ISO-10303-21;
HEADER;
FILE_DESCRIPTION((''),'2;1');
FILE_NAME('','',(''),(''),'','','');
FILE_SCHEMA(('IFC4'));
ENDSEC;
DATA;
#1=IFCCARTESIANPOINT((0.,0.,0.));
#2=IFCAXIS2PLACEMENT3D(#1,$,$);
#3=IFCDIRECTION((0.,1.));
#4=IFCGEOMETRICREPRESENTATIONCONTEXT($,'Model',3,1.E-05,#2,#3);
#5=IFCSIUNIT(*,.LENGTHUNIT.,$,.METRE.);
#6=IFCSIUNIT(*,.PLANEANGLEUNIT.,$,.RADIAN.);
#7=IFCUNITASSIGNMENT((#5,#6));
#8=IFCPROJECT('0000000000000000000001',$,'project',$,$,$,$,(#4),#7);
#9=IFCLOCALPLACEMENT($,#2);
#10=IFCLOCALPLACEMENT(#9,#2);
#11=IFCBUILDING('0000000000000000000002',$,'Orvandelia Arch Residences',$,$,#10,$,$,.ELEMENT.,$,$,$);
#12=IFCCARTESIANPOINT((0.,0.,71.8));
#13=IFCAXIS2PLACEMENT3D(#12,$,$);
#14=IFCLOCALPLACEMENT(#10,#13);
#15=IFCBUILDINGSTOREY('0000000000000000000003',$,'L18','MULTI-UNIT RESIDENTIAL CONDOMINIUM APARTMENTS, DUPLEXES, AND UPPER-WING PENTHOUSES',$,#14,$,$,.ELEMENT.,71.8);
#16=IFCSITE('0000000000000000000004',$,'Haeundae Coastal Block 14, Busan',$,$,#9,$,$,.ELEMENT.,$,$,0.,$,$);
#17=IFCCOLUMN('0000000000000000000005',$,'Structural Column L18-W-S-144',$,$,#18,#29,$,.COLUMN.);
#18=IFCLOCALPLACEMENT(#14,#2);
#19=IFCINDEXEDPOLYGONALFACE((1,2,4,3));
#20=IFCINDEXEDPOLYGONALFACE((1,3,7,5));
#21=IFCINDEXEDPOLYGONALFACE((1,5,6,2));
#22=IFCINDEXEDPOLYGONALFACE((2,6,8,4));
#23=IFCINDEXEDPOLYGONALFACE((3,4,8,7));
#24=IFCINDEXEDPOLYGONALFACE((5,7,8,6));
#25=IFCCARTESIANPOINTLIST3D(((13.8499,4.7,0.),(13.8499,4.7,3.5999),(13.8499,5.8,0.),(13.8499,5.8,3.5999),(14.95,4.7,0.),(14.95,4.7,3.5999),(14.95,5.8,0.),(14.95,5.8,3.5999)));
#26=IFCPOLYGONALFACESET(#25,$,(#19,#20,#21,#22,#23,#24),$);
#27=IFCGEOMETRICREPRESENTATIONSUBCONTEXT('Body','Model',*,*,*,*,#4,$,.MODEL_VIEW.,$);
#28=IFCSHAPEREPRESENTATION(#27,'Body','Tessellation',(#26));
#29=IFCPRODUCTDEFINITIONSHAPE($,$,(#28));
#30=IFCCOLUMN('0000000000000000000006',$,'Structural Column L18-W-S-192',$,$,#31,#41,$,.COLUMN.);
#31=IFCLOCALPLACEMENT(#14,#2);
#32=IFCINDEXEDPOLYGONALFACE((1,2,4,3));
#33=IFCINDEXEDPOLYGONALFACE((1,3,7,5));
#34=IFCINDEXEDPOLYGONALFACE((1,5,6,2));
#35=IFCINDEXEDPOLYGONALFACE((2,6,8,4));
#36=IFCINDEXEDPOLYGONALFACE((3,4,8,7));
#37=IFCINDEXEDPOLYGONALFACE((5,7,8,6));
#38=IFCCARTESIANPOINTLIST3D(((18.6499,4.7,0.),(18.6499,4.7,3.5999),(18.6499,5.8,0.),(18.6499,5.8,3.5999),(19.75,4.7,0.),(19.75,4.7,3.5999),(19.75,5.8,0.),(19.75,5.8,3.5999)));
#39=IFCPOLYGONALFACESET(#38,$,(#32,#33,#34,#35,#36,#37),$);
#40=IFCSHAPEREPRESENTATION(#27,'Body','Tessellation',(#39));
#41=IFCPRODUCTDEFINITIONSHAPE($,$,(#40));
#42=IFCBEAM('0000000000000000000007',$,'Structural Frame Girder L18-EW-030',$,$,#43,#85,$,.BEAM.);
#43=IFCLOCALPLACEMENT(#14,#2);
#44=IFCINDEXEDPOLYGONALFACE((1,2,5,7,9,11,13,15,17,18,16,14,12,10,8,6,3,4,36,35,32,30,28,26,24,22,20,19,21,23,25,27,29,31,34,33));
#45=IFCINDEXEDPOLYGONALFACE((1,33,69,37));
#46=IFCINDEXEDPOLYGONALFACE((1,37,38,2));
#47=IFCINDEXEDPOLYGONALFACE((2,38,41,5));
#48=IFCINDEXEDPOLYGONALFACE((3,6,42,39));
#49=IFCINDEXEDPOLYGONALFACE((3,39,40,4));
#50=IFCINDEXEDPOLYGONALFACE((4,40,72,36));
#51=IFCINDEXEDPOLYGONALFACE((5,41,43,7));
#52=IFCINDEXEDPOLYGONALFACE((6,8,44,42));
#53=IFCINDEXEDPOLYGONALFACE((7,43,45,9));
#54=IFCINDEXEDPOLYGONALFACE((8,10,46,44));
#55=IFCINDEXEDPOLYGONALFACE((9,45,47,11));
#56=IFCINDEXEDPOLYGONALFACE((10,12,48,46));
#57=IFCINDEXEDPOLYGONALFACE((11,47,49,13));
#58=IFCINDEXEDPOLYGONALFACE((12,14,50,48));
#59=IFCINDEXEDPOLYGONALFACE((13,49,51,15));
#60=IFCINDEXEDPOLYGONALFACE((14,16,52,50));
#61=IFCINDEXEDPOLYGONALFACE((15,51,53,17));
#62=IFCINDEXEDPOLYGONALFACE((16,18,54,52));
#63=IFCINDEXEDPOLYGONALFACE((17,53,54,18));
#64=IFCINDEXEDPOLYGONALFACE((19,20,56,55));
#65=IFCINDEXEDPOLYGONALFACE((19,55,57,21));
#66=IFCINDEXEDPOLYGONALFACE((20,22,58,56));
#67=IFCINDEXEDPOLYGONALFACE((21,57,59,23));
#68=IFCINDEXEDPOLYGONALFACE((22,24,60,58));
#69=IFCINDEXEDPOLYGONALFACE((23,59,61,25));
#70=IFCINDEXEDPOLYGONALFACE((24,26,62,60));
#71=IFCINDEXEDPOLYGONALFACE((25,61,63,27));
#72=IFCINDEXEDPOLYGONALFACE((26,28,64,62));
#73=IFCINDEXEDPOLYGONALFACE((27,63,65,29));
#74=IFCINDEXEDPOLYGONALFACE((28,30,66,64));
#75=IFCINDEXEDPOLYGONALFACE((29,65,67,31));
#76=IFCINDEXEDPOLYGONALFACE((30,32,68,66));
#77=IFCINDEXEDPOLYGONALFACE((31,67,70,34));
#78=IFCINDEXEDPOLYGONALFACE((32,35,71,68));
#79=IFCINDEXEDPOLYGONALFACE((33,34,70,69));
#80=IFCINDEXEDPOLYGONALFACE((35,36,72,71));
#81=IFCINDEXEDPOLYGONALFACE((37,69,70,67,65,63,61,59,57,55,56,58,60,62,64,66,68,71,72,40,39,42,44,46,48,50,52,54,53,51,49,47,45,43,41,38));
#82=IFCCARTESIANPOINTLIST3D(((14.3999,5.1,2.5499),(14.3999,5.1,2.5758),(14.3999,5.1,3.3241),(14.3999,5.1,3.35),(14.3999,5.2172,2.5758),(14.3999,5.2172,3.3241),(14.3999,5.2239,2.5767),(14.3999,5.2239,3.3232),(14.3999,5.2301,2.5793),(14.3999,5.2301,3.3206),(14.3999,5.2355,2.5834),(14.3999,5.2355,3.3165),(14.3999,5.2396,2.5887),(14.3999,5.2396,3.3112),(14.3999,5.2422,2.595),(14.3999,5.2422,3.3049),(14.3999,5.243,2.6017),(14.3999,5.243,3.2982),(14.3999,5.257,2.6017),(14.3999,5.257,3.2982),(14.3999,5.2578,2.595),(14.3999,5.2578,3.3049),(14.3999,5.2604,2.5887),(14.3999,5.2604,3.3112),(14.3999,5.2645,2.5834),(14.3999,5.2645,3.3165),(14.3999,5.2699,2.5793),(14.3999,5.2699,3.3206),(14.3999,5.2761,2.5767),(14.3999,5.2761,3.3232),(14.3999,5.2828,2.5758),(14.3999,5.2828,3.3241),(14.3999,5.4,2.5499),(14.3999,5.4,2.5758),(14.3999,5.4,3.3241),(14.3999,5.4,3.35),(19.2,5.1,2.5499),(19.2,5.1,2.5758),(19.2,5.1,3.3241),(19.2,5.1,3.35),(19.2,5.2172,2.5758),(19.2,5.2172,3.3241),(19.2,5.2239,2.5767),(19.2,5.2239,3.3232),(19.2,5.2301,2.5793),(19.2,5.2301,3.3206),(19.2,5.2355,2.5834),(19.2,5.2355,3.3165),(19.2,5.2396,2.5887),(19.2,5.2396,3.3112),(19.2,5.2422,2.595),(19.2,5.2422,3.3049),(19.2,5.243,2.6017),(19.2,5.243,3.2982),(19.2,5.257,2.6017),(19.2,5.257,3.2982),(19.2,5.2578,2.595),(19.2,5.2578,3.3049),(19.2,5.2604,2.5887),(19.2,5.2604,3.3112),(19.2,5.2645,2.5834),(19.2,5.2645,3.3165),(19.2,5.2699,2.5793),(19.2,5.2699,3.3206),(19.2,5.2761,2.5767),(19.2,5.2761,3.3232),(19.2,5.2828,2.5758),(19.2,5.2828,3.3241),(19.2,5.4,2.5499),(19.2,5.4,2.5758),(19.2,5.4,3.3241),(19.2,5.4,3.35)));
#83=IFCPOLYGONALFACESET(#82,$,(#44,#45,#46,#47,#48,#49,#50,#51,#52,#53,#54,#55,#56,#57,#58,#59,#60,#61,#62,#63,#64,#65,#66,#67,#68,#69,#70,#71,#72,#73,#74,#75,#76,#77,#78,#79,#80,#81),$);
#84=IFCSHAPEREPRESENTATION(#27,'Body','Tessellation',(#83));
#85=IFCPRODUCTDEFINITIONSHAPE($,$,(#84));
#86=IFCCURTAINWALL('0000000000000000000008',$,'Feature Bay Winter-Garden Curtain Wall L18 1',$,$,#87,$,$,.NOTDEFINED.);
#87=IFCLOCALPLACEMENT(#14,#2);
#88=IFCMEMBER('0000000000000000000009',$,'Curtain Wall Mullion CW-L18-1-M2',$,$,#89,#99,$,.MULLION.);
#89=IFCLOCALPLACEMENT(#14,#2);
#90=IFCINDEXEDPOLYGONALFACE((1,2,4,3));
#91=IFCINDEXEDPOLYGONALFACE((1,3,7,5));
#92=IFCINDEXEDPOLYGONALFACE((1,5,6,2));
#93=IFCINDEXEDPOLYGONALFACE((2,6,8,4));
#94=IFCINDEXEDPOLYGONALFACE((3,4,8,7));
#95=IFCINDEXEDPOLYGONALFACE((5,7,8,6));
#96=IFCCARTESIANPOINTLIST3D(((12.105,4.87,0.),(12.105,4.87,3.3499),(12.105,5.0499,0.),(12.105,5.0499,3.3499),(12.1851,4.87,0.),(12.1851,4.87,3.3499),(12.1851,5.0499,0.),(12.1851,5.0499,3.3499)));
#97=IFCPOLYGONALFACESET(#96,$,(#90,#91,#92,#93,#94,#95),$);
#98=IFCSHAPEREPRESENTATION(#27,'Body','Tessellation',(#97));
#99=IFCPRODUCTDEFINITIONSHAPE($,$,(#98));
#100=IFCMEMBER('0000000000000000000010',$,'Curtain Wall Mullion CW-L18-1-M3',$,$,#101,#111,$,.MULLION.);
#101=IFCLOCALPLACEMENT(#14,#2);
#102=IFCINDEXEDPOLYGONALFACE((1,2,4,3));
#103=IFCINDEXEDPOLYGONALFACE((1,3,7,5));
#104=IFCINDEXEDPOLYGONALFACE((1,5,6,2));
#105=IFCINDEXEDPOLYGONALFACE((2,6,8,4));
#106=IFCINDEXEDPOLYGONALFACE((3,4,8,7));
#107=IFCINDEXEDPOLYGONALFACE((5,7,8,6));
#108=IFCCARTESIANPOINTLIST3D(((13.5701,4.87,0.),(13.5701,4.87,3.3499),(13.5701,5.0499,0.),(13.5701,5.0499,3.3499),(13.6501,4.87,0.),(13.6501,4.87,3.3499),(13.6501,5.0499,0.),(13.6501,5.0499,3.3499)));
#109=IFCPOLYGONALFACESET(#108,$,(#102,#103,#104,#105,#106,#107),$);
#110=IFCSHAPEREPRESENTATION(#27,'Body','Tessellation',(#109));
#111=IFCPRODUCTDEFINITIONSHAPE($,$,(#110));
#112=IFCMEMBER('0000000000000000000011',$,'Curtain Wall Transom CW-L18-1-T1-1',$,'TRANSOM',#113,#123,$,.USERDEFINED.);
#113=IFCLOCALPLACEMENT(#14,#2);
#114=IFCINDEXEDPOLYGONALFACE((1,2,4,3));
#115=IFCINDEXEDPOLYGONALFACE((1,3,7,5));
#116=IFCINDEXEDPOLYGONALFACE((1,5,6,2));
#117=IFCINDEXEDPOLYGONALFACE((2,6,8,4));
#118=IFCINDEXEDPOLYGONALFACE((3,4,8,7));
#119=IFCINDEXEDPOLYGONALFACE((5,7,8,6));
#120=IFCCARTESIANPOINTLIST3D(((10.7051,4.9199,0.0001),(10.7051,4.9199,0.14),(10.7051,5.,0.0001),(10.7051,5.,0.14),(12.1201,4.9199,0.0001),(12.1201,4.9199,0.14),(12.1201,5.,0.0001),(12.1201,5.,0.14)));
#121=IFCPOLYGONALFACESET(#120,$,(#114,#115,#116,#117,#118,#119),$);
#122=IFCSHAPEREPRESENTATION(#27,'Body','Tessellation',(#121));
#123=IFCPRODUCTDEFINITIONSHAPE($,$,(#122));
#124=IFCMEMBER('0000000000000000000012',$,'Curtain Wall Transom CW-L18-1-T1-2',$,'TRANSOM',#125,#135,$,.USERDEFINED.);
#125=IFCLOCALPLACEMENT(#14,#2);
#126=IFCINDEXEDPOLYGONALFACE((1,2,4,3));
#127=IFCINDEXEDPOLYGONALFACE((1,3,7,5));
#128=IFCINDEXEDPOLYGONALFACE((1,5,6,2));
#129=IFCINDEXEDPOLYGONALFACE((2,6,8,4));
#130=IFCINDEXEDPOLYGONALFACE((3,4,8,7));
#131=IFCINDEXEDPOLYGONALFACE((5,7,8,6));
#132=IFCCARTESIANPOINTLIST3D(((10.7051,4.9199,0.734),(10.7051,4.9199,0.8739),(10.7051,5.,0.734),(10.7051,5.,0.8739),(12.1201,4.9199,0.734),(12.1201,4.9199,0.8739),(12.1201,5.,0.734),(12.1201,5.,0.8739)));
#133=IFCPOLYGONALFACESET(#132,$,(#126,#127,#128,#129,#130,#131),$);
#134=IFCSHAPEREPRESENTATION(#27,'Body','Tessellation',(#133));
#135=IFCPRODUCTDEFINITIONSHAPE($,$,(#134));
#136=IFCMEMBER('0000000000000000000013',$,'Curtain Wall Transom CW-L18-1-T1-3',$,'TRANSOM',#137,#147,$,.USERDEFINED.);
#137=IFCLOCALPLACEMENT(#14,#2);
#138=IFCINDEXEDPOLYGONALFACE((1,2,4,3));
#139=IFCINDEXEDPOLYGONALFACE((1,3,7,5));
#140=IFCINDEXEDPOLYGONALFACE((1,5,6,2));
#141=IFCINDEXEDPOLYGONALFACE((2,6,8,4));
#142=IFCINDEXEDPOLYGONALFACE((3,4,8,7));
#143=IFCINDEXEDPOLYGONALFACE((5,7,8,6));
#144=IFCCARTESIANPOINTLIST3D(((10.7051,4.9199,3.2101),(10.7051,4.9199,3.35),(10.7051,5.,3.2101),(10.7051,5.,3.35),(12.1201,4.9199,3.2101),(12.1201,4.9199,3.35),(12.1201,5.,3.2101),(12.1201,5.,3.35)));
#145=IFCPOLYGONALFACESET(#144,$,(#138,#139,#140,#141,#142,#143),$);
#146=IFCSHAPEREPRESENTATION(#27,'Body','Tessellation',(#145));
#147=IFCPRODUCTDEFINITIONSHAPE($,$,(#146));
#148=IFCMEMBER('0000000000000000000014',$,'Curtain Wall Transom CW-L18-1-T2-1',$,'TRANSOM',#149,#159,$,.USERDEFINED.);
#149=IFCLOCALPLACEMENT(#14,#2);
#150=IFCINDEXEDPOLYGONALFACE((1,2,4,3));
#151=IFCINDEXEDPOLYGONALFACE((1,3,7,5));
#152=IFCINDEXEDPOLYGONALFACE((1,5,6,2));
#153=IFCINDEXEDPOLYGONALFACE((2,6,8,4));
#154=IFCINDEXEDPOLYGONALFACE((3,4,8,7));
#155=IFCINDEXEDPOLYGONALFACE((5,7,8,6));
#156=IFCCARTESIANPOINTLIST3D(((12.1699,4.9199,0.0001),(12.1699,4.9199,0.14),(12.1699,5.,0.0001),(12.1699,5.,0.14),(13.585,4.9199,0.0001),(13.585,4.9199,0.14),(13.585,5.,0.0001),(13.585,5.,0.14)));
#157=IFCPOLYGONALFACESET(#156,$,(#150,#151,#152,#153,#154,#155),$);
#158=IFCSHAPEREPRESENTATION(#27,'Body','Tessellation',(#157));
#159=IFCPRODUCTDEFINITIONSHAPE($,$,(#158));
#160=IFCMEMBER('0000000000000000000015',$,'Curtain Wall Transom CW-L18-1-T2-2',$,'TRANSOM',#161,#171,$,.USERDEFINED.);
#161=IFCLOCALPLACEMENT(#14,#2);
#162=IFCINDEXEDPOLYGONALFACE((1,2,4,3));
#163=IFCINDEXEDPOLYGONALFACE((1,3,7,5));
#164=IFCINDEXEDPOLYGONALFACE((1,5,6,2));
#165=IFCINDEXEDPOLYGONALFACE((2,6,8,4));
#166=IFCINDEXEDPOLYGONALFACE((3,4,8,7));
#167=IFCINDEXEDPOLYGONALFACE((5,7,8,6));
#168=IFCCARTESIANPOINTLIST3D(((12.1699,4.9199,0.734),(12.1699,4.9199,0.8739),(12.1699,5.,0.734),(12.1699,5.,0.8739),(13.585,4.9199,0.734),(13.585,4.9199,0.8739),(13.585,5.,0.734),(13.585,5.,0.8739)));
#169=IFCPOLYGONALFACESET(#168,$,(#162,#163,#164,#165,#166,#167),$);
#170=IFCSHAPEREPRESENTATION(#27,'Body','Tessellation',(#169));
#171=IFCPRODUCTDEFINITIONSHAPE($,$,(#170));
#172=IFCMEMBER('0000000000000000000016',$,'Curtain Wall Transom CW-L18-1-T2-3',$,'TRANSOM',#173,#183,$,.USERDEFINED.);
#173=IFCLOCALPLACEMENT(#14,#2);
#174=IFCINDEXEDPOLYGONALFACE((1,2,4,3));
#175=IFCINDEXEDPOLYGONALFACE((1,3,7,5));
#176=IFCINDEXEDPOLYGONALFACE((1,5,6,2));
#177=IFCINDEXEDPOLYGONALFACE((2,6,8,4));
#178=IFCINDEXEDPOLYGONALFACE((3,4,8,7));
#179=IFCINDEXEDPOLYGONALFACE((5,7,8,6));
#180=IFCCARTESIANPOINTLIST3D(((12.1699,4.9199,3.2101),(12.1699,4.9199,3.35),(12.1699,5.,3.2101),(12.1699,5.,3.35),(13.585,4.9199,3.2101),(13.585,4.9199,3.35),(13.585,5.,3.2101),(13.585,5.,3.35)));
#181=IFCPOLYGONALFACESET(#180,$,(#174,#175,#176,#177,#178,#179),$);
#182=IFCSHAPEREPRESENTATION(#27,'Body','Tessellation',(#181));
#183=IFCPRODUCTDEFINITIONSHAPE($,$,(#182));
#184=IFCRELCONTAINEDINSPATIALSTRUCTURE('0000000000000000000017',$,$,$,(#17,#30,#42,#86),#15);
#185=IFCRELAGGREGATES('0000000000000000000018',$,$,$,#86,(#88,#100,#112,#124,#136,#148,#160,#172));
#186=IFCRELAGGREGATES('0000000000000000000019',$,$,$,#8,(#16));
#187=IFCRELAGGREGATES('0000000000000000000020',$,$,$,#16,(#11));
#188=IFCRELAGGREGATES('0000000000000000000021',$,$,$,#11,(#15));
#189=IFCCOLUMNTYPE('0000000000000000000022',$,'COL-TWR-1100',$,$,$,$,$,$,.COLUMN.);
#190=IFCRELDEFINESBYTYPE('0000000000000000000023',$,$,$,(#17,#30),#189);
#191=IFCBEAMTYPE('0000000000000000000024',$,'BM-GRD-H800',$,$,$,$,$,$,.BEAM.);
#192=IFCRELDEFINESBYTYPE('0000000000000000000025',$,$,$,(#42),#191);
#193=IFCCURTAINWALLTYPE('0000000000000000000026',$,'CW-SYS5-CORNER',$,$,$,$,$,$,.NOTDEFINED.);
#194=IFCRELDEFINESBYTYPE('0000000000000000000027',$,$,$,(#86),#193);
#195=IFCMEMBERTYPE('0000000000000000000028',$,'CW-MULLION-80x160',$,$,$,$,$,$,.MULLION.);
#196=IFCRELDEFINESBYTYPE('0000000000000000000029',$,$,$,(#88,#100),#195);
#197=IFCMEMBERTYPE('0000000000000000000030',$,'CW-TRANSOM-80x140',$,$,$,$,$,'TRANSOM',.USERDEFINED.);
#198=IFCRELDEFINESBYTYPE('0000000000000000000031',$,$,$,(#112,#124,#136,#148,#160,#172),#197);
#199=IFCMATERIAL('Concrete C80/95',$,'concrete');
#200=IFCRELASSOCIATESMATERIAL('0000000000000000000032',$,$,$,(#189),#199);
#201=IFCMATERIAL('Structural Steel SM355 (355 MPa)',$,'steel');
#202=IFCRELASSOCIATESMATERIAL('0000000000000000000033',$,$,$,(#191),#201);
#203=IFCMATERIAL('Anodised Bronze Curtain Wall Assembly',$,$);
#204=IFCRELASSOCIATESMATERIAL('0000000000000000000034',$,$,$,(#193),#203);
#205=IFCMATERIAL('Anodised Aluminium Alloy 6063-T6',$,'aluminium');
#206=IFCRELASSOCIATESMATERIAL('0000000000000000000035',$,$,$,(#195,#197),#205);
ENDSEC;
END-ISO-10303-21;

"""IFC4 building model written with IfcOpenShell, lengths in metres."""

from ifc_helpers import new_model, si_unit, direction, frame, origin, origin_2d, place, context, subcontext, project, spatial, rectangle, i_section, extrude, material, material_profile, profile_set, type_object, element, aggregate, save


model = new_model("IFC4")

# Units and contexts
model_context = context("Model", 3, precision=1e-05, world=origin(), true_north=direction((0.0, 1.0)))
body_context = subcontext(model_context, "Body", "Model", "MODEL_VIEW")
ifc_project = project(units=[si_unit("LENGTHUNIT", "METRE"), si_unit("PLANEANGLEUNIT", "RADIAN")], contexts=[model_context])

# Site, building, storey
site_placement = place(None, origin())
site = spatial("IfcSite", under=ifc_project, at=site_placement, Name="Haeundae Coastal Block 14, Busan", CompositionType="ELEMENT", RefElevation=0.0)
building_placement = place(site_placement, origin())
building = spatial("IfcBuilding", under=site, at=building_placement, Name="Orvandelia Arch Residences", CompositionType="ELEMENT")
storey_placement = place(building_placement, frame((0.0, 0.0, 71.8)))
storey = spatial("IfcBuildingStorey", under=building, at=storey_placement, Name="L18", Description="MULTI-UNIT RESIDENTIAL CONDOMINIUM APARTMENTS, DUPLEXES, AND UPPER-WING PENTHOUSES", CompositionType="ELEMENT", Elevation=71.8)

# Columns
ifc_material_1 = material(Name="Concrete C80/95", Category="concrete")
ifc_material_profile_1 = material_profile(ifc_material_1, rectangle(XDim=1.1001, YDim=1.1001, at=origin_2d()), Name="Concrete C80/95", Category="concrete")
ifc_profile_set_1 = profile_set([ifc_material_profile_1], Name="Concrete C80/95")
column_type = type_object("IfcColumnType", Name="COL-TWR-1100", PredefinedType="COLUMN", material=ifc_profile_set_1)
for number, where, z_axis, x_axis, name in (
    (1, (14.3999, 5.25, 0.0), (0.0, 0.0, 1.0), (1.0, 0.0, 0.0), "Structural Column L18-W-S-144"),
    (2, (19.2, 5.25, 0.0), (0.0, 0.0, 1.0), (1.0, 0.0, 0.0), "Structural Column L18-W-S-192"),
):
    element("IfcColumn", number, at=place(storey_placement, frame(where, z_axis=z_axis, x_axis=x_axis)), inside=storey, type_object=column_type, Name=name, PredefinedType="COLUMN", context=body_context, shape_type="SweptSolid", body=[
        extrude(rectangle(XDim=1.1001, YDim=1.1001, at=origin_2d()), origin(), (0.0, 0.0, 1.0), 3.5999),
    ])

# Beam
ifc_material_2 = material(Name="Structural Steel SM355 (355 MPa)", Category="steel")
ifc_material_profile_2 = material_profile(ifc_material_2, i_section(OverallWidth=0.3, OverallDepth=0.8, WebThickness=0.0139, FlangeThickness=0.0259, FilletRadius=0.0259, at=origin_2d()), Name="Structural Steel SM355 (355 MPa)", Category="steel")
ifc_profile_set_2 = profile_set([ifc_material_profile_2], Name="Structural Steel SM355 (355 MPa)")
beam_type = type_object("IfcBeamType", Name="BM-GRD-H800", PredefinedType="BEAM", material=ifc_profile_set_2)
beam_placement = place(storey_placement, frame((14.3999, 5.25, 2.95), z_axis=(1.0, 0.0, 0.0), x_axis=(0.0, 1.0, 0.0)))
element("IfcBeam", 3, at=beam_placement, inside=storey, type_object=beam_type, Name="Structural Frame Girder L18-EW-030", PredefinedType="BEAM", context=body_context, shape_type="SweptSolid", body=[
    extrude(i_section(OverallWidth=0.3, OverallDepth=0.8, WebThickness=0.0139, FlangeThickness=0.0259, FilletRadius=0.0259, at=origin_2d()), origin(), (0.0, 0.0, 1.0), 4.8),
])

# Curtain wall, members
ifc_material_3 = material(Name="Anodised Bronze Curtain Wall Assembly")
curtain_wall_type = type_object("IfcCurtainWallType", Name="CW-SYS5-CORNER", PredefinedType="NOTDEFINED", material=ifc_material_3)
curtain_wall_placement = place(storey_placement, origin())
curtain_wall = element("IfcCurtainWall", 4, at=curtain_wall_placement, inside=storey, type_object=curtain_wall_type, Name="Feature Bay Winter-Garden Curtain Wall L18 1", PredefinedType="NOTDEFINED")
ifc_material_4 = material(Name="Anodised Aluminium Alloy 6063-T6", Category="aluminium")
ifc_material_profile_3 = material_profile(ifc_material_4, rectangle(XDim=0.0801, YDim=0.1799, at=origin_2d()), Name="Anodised Aluminium Alloy 6063-T6", Category="aluminium")
ifc_profile_set_3 = profile_set([ifc_material_profile_3], Name="Anodised Aluminium Alloy 6063-T6")
member_type_1 = type_object("IfcMemberType", Name="CW-MULLION-80x160", PredefinedType="MULLION", material=ifc_profile_set_3)
member_1_placement = place(storey_placement, frame((12.145, 4.96, 0.0), z_axis=(0.0, 0.0, 1.0), x_axis=(1.0, 0.0, 0.0)))
member_1 = element("IfcMember", 5, at=member_1_placement, type_object=member_type_1, Name="Curtain Wall Mullion CW-L18-1-M2", PredefinedType="MULLION", context=body_context, shape_type="SweptSolid", body=[
    extrude(rectangle(XDim=0.0801, YDim=0.1799, at=origin_2d()), origin(), (0.0, 0.0, 1.0), 3.3499),
])
member_2_placement = place(storey_placement, frame((13.6101, 4.96, 0.0), z_axis=(0.0, 0.0, 1.0), x_axis=(1.0, 0.0, 0.0)))
member_2 = element("IfcMember", 6, at=member_2_placement, type_object=member_type_1, Name="Curtain Wall Mullion CW-L18-1-M3", PredefinedType="MULLION", context=body_context, shape_type="SweptSolid", body=[
    extrude(rectangle(XDim=0.0801, YDim=0.1799, at=origin_2d()), origin(), (0.0, 0.0, 1.0), 3.3499),
])
ifc_material_profile_4 = material_profile(ifc_material_4, rectangle(XDim=0.0801, YDim=0.1399, at=origin_2d()), Name="Anodised Aluminium Alloy 6063-T6", Category="aluminium")
ifc_profile_set_4 = profile_set([ifc_material_profile_4], Name="Anodised Aluminium Alloy 6063-T6")
member_type_2 = type_object("IfcMemberType", Name="CW-TRANSOM-80x140", ElementType="TRANSOM", PredefinedType="USERDEFINED", material=ifc_profile_set_4)
member_3_placement = place(storey_placement, frame((10.7051, 4.96, 0.0701), z_axis=(1.0, 0.0, 0.0), x_axis=(0.0, 1.0, 0.0)))
member_3 = element("IfcMember", 7, at=member_3_placement, type_object=member_type_2, Name="Curtain Wall Transom CW-L18-1-T1-1", ObjectType="TRANSOM", PredefinedType="USERDEFINED", context=body_context, shape_type="SweptSolid", body=[
    extrude(rectangle(XDim=0.0801, YDim=0.1399, at=origin_2d()), origin(), (0.0, 0.0, 1.0), 1.415),
])
member_4_placement = place(storey_placement, frame((10.7051, 4.96, 0.804), z_axis=(1.0, 0.0, 0.0), x_axis=(0.0, 1.0, 0.0)))
member_4 = element("IfcMember", 8, at=member_4_placement, type_object=member_type_2, Name="Curtain Wall Transom CW-L18-1-T1-2", ObjectType="TRANSOM", PredefinedType="USERDEFINED", context=body_context, shape_type="SweptSolid", body=[
    extrude(rectangle(XDim=0.0801, YDim=0.1399, at=origin_2d()), origin(), (0.0, 0.0, 1.0), 1.415),
])
member_5_placement = place(storey_placement, frame((10.7051, 4.96, 3.28), z_axis=(1.0, 0.0, 0.0), x_axis=(0.0, 1.0, 0.0)))
member_5 = element("IfcMember", 9, at=member_5_placement, type_object=member_type_2, Name="Curtain Wall Transom CW-L18-1-T1-3", ObjectType="TRANSOM", PredefinedType="USERDEFINED", context=body_context, shape_type="SweptSolid", body=[
    extrude(rectangle(XDim=0.0801, YDim=0.1399, at=origin_2d()), origin(), (0.0, 0.0, 1.0), 1.415),
])
member_6_placement = place(storey_placement, frame((12.1699, 4.96, 0.0701), z_axis=(1.0, 0.0, 0.0), x_axis=(0.0, 1.0, 0.0)))
member_6 = element("IfcMember", 10, at=member_6_placement, type_object=member_type_2, Name="Curtain Wall Transom CW-L18-1-T2-1", ObjectType="TRANSOM", PredefinedType="USERDEFINED", context=body_context, shape_type="SweptSolid", body=[
    extrude(rectangle(XDim=0.0801, YDim=0.1399, at=origin_2d()), origin(), (0.0, 0.0, 1.0), 1.415),
])
member_7_placement = place(storey_placement, frame((12.1699, 4.96, 0.804), z_axis=(1.0, 0.0, 0.0), x_axis=(0.0, 1.0, 0.0)))
member_7 = element("IfcMember", 11, at=member_7_placement, type_object=member_type_2, Name="Curtain Wall Transom CW-L18-1-T2-2", ObjectType="TRANSOM", PredefinedType="USERDEFINED", context=body_context, shape_type="SweptSolid", body=[
    extrude(rectangle(XDim=0.0801, YDim=0.1399, at=origin_2d()), origin(), (0.0, 0.0, 1.0), 1.415),
])
member_8_placement = place(storey_placement, frame((12.1699, 4.96, 3.28), z_axis=(1.0, 0.0, 0.0), x_axis=(0.0, 1.0, 0.0)))
member_8 = element("IfcMember", 12, at=member_8_placement, type_object=member_type_2, Name="Curtain Wall Transom CW-L18-1-T2-3", ObjectType="TRANSOM", PredefinedType="USERDEFINED", context=body_context, shape_type="SweptSolid", body=[
    extrude(rectangle(XDim=0.0801, YDim=0.1399, at=origin_2d()), origin(), (0.0, 0.0, 1.0), 1.415),
])
aggregate(curtain_wall, [member_1, member_2, member_3, member_4, member_5, member_6, member_7, member_8])

save(model, "model.ifc")
